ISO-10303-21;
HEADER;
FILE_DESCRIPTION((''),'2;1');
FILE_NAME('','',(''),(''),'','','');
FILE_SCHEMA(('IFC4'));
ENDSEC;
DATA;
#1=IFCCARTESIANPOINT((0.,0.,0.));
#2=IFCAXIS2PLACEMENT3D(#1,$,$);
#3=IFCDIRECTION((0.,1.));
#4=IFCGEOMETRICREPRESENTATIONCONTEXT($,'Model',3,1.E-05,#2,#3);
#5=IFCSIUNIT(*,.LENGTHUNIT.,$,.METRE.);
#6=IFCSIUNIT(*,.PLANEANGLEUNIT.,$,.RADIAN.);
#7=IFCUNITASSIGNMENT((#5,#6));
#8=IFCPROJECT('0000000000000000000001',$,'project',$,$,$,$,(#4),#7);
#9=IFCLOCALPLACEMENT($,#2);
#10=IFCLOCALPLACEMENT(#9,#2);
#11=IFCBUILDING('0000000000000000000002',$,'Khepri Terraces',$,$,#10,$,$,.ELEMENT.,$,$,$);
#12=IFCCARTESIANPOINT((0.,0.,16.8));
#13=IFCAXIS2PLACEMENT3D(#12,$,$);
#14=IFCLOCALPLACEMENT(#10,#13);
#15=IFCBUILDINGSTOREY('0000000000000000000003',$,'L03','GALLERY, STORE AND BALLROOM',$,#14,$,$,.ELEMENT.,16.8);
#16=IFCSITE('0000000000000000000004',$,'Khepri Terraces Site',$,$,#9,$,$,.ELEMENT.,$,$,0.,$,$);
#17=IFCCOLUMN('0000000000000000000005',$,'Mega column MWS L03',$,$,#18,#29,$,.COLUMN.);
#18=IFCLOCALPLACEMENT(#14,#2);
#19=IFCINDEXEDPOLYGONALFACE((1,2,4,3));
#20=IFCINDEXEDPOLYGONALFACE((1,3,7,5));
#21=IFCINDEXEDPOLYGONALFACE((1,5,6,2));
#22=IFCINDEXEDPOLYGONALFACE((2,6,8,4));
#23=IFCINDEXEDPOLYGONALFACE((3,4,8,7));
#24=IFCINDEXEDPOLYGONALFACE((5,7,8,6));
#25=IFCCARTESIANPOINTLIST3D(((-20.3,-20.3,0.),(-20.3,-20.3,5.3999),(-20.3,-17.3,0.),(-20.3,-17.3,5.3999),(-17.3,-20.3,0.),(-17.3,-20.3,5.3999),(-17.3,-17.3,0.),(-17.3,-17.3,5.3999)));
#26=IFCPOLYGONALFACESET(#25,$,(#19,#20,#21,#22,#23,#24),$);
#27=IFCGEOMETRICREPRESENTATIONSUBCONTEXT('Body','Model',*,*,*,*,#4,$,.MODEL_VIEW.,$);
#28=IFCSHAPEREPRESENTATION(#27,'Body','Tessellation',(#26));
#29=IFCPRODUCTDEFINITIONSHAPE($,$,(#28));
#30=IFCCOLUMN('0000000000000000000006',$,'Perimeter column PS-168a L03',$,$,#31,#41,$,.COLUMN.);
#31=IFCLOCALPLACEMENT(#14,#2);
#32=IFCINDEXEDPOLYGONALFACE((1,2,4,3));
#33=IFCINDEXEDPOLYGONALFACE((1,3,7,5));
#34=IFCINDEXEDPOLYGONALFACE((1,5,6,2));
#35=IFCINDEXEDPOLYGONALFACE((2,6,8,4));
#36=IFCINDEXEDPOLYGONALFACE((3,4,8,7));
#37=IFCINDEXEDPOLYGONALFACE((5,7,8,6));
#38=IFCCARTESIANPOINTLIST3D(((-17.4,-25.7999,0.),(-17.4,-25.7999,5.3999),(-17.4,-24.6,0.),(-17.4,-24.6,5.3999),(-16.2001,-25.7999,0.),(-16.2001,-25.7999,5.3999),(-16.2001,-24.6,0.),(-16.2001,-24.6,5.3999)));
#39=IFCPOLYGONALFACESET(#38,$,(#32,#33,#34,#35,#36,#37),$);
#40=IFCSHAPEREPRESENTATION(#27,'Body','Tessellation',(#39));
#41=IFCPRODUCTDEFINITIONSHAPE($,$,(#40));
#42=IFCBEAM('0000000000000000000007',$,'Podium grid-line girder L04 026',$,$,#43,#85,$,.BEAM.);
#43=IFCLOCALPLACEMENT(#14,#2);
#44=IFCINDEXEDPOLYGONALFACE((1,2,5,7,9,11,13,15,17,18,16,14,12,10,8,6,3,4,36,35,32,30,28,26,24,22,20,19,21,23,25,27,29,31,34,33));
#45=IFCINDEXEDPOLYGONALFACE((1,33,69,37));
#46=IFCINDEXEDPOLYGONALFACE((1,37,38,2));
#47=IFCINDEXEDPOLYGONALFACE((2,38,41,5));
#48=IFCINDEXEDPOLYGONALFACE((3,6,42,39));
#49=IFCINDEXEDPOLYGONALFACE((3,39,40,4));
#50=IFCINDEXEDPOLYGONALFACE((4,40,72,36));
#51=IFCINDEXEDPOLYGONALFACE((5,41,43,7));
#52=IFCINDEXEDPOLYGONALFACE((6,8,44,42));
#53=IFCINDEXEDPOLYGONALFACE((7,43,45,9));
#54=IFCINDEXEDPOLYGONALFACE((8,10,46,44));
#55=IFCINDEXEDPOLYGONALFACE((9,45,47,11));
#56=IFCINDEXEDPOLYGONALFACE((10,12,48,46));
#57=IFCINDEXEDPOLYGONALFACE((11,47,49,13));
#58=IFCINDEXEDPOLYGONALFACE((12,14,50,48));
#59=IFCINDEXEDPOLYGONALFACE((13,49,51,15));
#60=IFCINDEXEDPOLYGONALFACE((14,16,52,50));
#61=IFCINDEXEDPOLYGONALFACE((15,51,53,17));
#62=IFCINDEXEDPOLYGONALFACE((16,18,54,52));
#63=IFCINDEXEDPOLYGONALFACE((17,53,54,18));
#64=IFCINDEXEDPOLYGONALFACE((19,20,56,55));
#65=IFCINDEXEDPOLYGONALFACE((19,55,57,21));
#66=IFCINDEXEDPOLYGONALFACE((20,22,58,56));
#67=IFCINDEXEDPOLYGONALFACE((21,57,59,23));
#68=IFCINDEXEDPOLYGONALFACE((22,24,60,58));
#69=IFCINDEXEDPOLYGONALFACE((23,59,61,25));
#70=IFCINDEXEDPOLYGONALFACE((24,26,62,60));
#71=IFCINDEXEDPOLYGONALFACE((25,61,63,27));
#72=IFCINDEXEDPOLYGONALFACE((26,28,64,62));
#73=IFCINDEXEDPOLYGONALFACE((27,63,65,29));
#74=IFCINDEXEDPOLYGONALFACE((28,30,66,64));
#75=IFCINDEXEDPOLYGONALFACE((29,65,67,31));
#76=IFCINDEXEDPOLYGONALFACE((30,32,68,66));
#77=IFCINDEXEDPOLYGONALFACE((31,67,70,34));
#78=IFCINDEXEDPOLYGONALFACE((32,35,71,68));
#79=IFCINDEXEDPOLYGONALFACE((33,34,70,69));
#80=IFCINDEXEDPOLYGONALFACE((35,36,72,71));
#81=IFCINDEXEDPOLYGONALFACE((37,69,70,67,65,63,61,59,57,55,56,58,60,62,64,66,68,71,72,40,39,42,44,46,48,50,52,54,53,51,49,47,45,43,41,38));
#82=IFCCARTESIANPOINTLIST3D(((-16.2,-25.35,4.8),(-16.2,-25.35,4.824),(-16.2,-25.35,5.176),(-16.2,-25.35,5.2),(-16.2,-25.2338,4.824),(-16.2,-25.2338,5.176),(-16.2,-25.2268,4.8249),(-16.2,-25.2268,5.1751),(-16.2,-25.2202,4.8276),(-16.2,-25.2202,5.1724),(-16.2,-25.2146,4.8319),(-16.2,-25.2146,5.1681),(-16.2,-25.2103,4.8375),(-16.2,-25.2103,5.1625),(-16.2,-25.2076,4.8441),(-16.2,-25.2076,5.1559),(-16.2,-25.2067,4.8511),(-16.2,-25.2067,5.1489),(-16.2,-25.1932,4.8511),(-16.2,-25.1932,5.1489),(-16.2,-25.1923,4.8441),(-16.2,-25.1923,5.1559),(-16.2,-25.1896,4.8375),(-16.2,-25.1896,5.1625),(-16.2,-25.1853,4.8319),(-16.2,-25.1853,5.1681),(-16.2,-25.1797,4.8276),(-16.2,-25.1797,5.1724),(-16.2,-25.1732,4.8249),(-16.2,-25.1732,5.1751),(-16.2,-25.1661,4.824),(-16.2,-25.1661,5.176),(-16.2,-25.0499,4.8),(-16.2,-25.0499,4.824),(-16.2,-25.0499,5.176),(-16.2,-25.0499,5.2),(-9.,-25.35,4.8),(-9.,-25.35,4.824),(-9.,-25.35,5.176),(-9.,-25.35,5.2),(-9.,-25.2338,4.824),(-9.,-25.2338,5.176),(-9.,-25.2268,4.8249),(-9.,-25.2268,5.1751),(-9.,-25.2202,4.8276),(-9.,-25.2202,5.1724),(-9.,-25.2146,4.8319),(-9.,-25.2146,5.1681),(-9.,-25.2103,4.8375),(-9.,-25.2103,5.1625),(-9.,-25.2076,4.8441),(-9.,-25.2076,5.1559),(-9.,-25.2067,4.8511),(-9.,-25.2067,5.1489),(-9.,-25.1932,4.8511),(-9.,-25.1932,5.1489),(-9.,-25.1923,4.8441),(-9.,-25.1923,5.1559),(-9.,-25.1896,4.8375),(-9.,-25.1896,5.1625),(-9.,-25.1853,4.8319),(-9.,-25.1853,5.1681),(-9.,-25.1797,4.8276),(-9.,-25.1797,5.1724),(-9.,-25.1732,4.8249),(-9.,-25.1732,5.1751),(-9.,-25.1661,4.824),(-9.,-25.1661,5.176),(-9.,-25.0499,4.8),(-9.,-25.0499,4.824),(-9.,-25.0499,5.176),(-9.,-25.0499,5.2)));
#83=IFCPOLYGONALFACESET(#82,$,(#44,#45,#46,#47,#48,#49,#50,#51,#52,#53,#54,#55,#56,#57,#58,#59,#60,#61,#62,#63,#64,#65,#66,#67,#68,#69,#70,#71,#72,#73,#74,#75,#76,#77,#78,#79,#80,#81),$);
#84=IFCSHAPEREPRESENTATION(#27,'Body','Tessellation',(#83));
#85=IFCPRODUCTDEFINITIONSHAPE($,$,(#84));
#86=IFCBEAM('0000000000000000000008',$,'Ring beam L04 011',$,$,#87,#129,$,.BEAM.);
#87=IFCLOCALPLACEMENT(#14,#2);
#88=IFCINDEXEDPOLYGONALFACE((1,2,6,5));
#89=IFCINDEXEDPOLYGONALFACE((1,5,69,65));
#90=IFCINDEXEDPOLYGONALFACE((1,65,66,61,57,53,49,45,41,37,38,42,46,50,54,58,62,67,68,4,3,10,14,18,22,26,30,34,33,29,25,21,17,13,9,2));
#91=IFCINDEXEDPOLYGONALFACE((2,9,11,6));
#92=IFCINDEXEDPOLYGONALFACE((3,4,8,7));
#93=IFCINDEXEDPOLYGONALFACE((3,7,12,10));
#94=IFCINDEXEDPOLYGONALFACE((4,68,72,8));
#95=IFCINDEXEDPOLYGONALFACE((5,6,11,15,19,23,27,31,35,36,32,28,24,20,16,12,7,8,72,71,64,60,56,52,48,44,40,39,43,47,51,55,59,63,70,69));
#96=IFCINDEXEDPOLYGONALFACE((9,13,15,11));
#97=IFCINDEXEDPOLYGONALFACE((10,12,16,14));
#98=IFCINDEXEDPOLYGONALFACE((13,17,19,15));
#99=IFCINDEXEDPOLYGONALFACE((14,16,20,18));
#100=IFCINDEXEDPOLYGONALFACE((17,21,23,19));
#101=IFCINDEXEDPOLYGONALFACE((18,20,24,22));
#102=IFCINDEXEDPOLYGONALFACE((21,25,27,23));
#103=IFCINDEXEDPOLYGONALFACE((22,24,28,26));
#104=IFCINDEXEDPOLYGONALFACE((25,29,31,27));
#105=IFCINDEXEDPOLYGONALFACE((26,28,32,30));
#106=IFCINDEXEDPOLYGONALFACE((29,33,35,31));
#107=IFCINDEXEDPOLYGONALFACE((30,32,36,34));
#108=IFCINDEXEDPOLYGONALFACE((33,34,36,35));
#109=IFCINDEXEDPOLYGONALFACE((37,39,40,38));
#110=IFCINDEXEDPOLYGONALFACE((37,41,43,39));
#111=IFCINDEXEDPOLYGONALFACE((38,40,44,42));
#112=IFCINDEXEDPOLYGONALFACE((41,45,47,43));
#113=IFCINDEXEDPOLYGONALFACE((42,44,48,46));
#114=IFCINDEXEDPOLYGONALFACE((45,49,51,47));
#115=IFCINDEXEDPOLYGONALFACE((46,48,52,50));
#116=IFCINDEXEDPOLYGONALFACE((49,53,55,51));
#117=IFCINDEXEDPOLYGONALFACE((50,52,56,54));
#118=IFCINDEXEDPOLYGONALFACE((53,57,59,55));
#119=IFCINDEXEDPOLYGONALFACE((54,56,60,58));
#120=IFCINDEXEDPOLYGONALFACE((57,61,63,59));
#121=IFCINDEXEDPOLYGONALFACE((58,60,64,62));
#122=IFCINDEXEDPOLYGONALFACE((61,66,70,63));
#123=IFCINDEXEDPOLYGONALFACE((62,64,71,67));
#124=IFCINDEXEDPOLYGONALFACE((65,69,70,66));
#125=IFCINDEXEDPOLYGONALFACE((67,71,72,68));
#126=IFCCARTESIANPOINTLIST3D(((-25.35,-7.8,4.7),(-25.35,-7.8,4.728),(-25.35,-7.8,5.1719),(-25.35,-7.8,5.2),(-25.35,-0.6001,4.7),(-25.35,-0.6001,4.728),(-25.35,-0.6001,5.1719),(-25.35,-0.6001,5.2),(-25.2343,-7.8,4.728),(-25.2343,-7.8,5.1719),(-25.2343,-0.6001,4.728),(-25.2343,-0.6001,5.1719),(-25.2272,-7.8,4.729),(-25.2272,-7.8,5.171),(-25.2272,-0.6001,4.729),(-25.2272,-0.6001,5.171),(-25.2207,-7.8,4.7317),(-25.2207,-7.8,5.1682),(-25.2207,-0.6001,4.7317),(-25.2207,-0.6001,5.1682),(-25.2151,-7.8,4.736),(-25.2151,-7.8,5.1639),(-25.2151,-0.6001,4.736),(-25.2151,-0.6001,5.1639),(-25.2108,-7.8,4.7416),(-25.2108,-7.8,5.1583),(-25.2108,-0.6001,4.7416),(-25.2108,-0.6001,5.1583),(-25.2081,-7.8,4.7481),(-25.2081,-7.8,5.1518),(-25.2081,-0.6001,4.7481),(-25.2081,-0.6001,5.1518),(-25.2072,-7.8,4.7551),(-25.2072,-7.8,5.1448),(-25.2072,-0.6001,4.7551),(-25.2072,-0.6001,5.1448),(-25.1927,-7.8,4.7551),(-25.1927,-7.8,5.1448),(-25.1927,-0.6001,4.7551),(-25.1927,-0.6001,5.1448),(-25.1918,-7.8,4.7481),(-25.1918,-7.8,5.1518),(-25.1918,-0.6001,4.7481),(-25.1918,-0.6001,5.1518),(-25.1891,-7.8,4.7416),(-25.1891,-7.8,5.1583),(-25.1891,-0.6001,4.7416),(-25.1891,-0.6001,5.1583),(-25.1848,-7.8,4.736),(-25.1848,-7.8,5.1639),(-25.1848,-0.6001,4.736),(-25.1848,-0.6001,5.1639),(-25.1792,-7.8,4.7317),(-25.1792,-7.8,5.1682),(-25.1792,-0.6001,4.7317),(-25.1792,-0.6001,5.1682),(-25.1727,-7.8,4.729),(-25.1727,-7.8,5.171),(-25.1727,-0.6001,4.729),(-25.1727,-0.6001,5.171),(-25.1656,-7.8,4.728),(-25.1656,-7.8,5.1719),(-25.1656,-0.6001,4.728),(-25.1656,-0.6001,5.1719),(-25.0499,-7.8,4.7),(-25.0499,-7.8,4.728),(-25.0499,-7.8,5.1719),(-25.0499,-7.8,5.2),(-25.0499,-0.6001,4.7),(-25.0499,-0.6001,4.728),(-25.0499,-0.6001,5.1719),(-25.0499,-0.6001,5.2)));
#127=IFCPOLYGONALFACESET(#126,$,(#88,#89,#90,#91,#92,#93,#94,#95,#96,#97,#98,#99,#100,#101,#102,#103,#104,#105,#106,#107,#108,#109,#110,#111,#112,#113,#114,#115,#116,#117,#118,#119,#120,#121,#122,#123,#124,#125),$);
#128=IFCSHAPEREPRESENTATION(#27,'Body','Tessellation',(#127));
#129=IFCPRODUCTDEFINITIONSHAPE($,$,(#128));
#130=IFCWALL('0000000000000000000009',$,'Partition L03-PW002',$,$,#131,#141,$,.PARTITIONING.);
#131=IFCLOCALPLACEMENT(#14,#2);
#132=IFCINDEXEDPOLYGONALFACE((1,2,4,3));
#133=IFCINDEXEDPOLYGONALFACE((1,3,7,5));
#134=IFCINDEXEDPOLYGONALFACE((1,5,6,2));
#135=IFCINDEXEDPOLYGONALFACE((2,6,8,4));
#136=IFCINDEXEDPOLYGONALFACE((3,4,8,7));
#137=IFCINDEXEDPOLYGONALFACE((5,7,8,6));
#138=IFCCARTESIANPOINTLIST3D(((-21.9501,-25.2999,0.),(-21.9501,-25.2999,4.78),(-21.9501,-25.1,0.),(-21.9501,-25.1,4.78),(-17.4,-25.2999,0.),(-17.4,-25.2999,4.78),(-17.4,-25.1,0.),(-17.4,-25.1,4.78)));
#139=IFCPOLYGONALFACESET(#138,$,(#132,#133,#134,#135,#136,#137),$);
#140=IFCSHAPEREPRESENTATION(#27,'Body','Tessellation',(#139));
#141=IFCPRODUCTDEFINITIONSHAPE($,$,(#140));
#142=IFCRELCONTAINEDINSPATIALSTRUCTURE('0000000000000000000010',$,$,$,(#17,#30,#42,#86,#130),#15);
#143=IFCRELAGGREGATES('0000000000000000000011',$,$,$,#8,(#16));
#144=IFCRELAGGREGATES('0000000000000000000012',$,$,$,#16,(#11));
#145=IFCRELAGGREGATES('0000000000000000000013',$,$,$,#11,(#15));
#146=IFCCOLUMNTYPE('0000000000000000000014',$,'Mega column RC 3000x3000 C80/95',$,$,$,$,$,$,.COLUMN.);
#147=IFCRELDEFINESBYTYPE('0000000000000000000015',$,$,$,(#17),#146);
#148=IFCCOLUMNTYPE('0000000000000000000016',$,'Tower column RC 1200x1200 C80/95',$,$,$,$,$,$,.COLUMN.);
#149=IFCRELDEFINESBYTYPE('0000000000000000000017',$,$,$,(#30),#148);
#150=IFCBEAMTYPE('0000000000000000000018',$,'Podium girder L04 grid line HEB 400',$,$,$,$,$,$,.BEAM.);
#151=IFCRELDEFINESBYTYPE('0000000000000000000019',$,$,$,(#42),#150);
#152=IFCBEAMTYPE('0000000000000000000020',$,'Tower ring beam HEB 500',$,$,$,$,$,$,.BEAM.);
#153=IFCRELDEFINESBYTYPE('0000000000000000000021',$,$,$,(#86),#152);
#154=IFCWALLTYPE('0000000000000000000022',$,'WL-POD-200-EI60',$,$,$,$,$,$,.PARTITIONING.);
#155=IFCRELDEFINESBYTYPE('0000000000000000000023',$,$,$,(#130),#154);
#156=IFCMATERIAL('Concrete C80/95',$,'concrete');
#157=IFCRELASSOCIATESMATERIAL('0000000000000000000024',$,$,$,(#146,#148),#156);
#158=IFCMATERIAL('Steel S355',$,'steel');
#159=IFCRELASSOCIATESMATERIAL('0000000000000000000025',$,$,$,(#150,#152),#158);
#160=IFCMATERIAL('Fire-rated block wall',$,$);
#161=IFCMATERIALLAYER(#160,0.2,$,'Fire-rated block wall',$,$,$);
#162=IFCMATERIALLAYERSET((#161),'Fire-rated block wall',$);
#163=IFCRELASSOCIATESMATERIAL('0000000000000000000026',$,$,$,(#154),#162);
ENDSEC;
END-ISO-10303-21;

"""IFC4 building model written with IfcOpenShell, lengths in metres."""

from ifc_helpers import new_model, si_unit, direction, frame, frame_2d, origin, origin_2d, place, context, subcontext, project, spatial, rectangle, i_section, extrude, material, layer, layer_set, material_profile, profile_set, type_object, element, save


model = new_model("IFC4")

# Units and contexts
model_context = context("Model", 3, precision=1e-05, world=origin(), true_north=direction((0.0, 1.0)))
body_context = subcontext(model_context, "Body", "Model", "MODEL_VIEW")
ifc_project = project(units=[si_unit("LENGTHUNIT", "METRE"), si_unit("PLANEANGLEUNIT", "RADIAN")], contexts=[model_context])

# Site, building, storey
site_placement = place(None, origin())
site = spatial("IfcSite", under=ifc_project, at=site_placement, Name="Khepri Terraces Site", CompositionType="ELEMENT", RefElevation=0.0)
building_placement = place(site_placement, origin())
building = spatial("IfcBuilding", under=site, at=building_placement, Name="Khepri Terraces", CompositionType="ELEMENT")
storey_placement = place(building_placement, frame((0.0, 0.0, 16.8)))
storey = spatial("IfcBuildingStorey", under=building, at=storey_placement, Name="L03", Description="GALLERY, STORE AND BALLROOM", CompositionType="ELEMENT", Elevation=16.8)

# Columns
ifc_material_1 = material(Name="Concrete C80/95", Category="concrete")
ifc_material_profile_1 = material_profile(ifc_material_1, rectangle(XDim=3.0, YDim=3.0, at=origin_2d()), Name="Concrete C80/95", Category="concrete")
ifc_profile_set_1 = profile_set([ifc_material_profile_1], Name="Concrete C80/95")
column_type_1 = type_object("IfcColumnType", Name="Mega column RC 3000x3000 C80/95", PredefinedType="COLUMN", material=ifc_profile_set_1)
column_1_placement = place(storey_placement, frame((-18.8, -18.8, 0.0), z_axis=(0.0, 0.0, 1.0), x_axis=(1.0, 0.0, 0.0)))
element("IfcColumn", 1, at=column_1_placement, inside=storey, type_object=column_type_1, Name="Mega column MWS L03", PredefinedType="COLUMN", context=body_context, shape_type="SweptSolid", body=[
    extrude(rectangle(XDim=3.0, YDim=3.0, at=origin_2d()), origin(), (0.0, 0.0, 1.0), 5.3999),
])
ifc_material_profile_2 = material_profile(ifc_material_1, rectangle(XDim=1.2, YDim=1.2, at=origin_2d()), Name="Concrete C80/95", Category="concrete")
ifc_profile_set_2 = profile_set([ifc_material_profile_2], Name="Concrete C80/95")
column_type_2 = type_object("IfcColumnType", Name="Tower column RC 1200x1200 C80/95", PredefinedType="COLUMN", material=ifc_profile_set_2)
column_2_placement = place(storey_placement, frame((-16.8, -25.2, 0.0), z_axis=(0.0, 0.0, 1.0), x_axis=(1.0, 0.0, 0.0)))
element("IfcColumn", 2, at=column_2_placement, inside=storey, type_object=column_type_2, Name="Perimeter column PS-168a L03", PredefinedType="COLUMN", context=body_context, shape_type="SweptSolid", body=[
    extrude(rectangle(XDim=1.2, YDim=1.2, at=origin_2d()), origin(), (0.0, 0.0, 1.0), 5.3999),
])

# Beams
ifc_material_2 = material(Name="Steel S355", Category="steel")
ifc_material_profile_3 = material_profile(ifc_material_2, i_section(OverallWidth=0.3, OverallDepth=0.3999, WebThickness=0.0134, FlangeThickness=0.0239, FilletRadius=0.0271, at=origin_2d()), Name="Steel S355", Category="steel")
ifc_profile_set_3 = profile_set([ifc_material_profile_3], Name="Steel S355")
beam_type_1 = type_object("IfcBeamType", Name="Podium girder L04 grid line HEB 400", PredefinedType="BEAM", material=ifc_profile_set_3)
beam_1_placement = place(storey_placement, frame((-16.2, -25.2, 5.0), z_axis=(1.0, 0.0, 0.0), x_axis=(0.0, 1.0, 0.0)))
element("IfcBeam", 3, at=beam_1_placement, inside=storey, type_object=beam_type_1, Name="Podium grid-line girder L04 026", PredefinedType="BEAM", context=body_context, shape_type="SweptSolid", body=[
    extrude(i_section(OverallWidth=0.3, OverallDepth=0.3999, WebThickness=0.0134, FlangeThickness=0.0239, FilletRadius=0.0271, at=origin_2d()), origin(), (0.0, 0.0, 1.0), 7.2),
])
ifc_material_profile_4 = material_profile(ifc_material_2, i_section(OverallWidth=0.3, OverallDepth=0.5, WebThickness=0.0144, FlangeThickness=0.0281, FilletRadius=0.0271, at=origin_2d()), Name="Steel S355", Category="steel")
ifc_profile_set_4 = profile_set([ifc_material_profile_4], Name="Steel S355")
beam_type_2 = type_object("IfcBeamType", Name="Tower ring beam HEB 500", PredefinedType="BEAM", material=ifc_profile_set_4)
beam_2_placement = place(storey_placement, frame((-25.2, -7.8, 4.95), z_axis=(0.0, 1.0, 0.0), x_axis=(-1.0, 0.0, 0.0)))
element("IfcBeam", 4, at=beam_2_placement, inside=storey, type_object=beam_type_2, Name="Ring beam L04 011", PredefinedType="BEAM", context=body_context, shape_type="SweptSolid", body=[
    extrude(i_section(OverallWidth=0.3, OverallDepth=0.5, WebThickness=0.0144, FlangeThickness=0.0281, FilletRadius=0.0271, at=origin_2d()), origin(), (0.0, 0.0, 1.0), 7.2),
])

# Wall
ifc_material_3 = material(Name="Fire-rated block wall")
ifc_layer_1 = layer(ifc_material_3, 0.2, Name="Fire-rated block wall")
ifc_layer_set_1 = layer_set([ifc_layer_1], Name="Fire-rated block wall")
wall_type_1 = type_object("IfcWallType", Name="WL-POD-200-EI60", PredefinedType="PARTITIONING", material=ifc_layer_set_1)
wall_1_placement = place(storey_placement, frame((-21.95, -25.2, 0.0), z_axis=(0.0, 0.0, 1.0), x_axis=(1.0, 0.0, 0.0)))
element("IfcWall", 5, at=wall_1_placement, inside=storey, type_object=wall_type_1, Name="Partition L03-PW002", PredefinedType="PARTITIONING", context=body_context, shape_type="SweptSolid", body=[
    extrude(rectangle(XDim=4.55, YDim=0.2, at=frame_2d((2.2749, 0.0))), origin(), (0.0, 0.0, 1.0), 4.78),
])

save(model, "model.ifc")
